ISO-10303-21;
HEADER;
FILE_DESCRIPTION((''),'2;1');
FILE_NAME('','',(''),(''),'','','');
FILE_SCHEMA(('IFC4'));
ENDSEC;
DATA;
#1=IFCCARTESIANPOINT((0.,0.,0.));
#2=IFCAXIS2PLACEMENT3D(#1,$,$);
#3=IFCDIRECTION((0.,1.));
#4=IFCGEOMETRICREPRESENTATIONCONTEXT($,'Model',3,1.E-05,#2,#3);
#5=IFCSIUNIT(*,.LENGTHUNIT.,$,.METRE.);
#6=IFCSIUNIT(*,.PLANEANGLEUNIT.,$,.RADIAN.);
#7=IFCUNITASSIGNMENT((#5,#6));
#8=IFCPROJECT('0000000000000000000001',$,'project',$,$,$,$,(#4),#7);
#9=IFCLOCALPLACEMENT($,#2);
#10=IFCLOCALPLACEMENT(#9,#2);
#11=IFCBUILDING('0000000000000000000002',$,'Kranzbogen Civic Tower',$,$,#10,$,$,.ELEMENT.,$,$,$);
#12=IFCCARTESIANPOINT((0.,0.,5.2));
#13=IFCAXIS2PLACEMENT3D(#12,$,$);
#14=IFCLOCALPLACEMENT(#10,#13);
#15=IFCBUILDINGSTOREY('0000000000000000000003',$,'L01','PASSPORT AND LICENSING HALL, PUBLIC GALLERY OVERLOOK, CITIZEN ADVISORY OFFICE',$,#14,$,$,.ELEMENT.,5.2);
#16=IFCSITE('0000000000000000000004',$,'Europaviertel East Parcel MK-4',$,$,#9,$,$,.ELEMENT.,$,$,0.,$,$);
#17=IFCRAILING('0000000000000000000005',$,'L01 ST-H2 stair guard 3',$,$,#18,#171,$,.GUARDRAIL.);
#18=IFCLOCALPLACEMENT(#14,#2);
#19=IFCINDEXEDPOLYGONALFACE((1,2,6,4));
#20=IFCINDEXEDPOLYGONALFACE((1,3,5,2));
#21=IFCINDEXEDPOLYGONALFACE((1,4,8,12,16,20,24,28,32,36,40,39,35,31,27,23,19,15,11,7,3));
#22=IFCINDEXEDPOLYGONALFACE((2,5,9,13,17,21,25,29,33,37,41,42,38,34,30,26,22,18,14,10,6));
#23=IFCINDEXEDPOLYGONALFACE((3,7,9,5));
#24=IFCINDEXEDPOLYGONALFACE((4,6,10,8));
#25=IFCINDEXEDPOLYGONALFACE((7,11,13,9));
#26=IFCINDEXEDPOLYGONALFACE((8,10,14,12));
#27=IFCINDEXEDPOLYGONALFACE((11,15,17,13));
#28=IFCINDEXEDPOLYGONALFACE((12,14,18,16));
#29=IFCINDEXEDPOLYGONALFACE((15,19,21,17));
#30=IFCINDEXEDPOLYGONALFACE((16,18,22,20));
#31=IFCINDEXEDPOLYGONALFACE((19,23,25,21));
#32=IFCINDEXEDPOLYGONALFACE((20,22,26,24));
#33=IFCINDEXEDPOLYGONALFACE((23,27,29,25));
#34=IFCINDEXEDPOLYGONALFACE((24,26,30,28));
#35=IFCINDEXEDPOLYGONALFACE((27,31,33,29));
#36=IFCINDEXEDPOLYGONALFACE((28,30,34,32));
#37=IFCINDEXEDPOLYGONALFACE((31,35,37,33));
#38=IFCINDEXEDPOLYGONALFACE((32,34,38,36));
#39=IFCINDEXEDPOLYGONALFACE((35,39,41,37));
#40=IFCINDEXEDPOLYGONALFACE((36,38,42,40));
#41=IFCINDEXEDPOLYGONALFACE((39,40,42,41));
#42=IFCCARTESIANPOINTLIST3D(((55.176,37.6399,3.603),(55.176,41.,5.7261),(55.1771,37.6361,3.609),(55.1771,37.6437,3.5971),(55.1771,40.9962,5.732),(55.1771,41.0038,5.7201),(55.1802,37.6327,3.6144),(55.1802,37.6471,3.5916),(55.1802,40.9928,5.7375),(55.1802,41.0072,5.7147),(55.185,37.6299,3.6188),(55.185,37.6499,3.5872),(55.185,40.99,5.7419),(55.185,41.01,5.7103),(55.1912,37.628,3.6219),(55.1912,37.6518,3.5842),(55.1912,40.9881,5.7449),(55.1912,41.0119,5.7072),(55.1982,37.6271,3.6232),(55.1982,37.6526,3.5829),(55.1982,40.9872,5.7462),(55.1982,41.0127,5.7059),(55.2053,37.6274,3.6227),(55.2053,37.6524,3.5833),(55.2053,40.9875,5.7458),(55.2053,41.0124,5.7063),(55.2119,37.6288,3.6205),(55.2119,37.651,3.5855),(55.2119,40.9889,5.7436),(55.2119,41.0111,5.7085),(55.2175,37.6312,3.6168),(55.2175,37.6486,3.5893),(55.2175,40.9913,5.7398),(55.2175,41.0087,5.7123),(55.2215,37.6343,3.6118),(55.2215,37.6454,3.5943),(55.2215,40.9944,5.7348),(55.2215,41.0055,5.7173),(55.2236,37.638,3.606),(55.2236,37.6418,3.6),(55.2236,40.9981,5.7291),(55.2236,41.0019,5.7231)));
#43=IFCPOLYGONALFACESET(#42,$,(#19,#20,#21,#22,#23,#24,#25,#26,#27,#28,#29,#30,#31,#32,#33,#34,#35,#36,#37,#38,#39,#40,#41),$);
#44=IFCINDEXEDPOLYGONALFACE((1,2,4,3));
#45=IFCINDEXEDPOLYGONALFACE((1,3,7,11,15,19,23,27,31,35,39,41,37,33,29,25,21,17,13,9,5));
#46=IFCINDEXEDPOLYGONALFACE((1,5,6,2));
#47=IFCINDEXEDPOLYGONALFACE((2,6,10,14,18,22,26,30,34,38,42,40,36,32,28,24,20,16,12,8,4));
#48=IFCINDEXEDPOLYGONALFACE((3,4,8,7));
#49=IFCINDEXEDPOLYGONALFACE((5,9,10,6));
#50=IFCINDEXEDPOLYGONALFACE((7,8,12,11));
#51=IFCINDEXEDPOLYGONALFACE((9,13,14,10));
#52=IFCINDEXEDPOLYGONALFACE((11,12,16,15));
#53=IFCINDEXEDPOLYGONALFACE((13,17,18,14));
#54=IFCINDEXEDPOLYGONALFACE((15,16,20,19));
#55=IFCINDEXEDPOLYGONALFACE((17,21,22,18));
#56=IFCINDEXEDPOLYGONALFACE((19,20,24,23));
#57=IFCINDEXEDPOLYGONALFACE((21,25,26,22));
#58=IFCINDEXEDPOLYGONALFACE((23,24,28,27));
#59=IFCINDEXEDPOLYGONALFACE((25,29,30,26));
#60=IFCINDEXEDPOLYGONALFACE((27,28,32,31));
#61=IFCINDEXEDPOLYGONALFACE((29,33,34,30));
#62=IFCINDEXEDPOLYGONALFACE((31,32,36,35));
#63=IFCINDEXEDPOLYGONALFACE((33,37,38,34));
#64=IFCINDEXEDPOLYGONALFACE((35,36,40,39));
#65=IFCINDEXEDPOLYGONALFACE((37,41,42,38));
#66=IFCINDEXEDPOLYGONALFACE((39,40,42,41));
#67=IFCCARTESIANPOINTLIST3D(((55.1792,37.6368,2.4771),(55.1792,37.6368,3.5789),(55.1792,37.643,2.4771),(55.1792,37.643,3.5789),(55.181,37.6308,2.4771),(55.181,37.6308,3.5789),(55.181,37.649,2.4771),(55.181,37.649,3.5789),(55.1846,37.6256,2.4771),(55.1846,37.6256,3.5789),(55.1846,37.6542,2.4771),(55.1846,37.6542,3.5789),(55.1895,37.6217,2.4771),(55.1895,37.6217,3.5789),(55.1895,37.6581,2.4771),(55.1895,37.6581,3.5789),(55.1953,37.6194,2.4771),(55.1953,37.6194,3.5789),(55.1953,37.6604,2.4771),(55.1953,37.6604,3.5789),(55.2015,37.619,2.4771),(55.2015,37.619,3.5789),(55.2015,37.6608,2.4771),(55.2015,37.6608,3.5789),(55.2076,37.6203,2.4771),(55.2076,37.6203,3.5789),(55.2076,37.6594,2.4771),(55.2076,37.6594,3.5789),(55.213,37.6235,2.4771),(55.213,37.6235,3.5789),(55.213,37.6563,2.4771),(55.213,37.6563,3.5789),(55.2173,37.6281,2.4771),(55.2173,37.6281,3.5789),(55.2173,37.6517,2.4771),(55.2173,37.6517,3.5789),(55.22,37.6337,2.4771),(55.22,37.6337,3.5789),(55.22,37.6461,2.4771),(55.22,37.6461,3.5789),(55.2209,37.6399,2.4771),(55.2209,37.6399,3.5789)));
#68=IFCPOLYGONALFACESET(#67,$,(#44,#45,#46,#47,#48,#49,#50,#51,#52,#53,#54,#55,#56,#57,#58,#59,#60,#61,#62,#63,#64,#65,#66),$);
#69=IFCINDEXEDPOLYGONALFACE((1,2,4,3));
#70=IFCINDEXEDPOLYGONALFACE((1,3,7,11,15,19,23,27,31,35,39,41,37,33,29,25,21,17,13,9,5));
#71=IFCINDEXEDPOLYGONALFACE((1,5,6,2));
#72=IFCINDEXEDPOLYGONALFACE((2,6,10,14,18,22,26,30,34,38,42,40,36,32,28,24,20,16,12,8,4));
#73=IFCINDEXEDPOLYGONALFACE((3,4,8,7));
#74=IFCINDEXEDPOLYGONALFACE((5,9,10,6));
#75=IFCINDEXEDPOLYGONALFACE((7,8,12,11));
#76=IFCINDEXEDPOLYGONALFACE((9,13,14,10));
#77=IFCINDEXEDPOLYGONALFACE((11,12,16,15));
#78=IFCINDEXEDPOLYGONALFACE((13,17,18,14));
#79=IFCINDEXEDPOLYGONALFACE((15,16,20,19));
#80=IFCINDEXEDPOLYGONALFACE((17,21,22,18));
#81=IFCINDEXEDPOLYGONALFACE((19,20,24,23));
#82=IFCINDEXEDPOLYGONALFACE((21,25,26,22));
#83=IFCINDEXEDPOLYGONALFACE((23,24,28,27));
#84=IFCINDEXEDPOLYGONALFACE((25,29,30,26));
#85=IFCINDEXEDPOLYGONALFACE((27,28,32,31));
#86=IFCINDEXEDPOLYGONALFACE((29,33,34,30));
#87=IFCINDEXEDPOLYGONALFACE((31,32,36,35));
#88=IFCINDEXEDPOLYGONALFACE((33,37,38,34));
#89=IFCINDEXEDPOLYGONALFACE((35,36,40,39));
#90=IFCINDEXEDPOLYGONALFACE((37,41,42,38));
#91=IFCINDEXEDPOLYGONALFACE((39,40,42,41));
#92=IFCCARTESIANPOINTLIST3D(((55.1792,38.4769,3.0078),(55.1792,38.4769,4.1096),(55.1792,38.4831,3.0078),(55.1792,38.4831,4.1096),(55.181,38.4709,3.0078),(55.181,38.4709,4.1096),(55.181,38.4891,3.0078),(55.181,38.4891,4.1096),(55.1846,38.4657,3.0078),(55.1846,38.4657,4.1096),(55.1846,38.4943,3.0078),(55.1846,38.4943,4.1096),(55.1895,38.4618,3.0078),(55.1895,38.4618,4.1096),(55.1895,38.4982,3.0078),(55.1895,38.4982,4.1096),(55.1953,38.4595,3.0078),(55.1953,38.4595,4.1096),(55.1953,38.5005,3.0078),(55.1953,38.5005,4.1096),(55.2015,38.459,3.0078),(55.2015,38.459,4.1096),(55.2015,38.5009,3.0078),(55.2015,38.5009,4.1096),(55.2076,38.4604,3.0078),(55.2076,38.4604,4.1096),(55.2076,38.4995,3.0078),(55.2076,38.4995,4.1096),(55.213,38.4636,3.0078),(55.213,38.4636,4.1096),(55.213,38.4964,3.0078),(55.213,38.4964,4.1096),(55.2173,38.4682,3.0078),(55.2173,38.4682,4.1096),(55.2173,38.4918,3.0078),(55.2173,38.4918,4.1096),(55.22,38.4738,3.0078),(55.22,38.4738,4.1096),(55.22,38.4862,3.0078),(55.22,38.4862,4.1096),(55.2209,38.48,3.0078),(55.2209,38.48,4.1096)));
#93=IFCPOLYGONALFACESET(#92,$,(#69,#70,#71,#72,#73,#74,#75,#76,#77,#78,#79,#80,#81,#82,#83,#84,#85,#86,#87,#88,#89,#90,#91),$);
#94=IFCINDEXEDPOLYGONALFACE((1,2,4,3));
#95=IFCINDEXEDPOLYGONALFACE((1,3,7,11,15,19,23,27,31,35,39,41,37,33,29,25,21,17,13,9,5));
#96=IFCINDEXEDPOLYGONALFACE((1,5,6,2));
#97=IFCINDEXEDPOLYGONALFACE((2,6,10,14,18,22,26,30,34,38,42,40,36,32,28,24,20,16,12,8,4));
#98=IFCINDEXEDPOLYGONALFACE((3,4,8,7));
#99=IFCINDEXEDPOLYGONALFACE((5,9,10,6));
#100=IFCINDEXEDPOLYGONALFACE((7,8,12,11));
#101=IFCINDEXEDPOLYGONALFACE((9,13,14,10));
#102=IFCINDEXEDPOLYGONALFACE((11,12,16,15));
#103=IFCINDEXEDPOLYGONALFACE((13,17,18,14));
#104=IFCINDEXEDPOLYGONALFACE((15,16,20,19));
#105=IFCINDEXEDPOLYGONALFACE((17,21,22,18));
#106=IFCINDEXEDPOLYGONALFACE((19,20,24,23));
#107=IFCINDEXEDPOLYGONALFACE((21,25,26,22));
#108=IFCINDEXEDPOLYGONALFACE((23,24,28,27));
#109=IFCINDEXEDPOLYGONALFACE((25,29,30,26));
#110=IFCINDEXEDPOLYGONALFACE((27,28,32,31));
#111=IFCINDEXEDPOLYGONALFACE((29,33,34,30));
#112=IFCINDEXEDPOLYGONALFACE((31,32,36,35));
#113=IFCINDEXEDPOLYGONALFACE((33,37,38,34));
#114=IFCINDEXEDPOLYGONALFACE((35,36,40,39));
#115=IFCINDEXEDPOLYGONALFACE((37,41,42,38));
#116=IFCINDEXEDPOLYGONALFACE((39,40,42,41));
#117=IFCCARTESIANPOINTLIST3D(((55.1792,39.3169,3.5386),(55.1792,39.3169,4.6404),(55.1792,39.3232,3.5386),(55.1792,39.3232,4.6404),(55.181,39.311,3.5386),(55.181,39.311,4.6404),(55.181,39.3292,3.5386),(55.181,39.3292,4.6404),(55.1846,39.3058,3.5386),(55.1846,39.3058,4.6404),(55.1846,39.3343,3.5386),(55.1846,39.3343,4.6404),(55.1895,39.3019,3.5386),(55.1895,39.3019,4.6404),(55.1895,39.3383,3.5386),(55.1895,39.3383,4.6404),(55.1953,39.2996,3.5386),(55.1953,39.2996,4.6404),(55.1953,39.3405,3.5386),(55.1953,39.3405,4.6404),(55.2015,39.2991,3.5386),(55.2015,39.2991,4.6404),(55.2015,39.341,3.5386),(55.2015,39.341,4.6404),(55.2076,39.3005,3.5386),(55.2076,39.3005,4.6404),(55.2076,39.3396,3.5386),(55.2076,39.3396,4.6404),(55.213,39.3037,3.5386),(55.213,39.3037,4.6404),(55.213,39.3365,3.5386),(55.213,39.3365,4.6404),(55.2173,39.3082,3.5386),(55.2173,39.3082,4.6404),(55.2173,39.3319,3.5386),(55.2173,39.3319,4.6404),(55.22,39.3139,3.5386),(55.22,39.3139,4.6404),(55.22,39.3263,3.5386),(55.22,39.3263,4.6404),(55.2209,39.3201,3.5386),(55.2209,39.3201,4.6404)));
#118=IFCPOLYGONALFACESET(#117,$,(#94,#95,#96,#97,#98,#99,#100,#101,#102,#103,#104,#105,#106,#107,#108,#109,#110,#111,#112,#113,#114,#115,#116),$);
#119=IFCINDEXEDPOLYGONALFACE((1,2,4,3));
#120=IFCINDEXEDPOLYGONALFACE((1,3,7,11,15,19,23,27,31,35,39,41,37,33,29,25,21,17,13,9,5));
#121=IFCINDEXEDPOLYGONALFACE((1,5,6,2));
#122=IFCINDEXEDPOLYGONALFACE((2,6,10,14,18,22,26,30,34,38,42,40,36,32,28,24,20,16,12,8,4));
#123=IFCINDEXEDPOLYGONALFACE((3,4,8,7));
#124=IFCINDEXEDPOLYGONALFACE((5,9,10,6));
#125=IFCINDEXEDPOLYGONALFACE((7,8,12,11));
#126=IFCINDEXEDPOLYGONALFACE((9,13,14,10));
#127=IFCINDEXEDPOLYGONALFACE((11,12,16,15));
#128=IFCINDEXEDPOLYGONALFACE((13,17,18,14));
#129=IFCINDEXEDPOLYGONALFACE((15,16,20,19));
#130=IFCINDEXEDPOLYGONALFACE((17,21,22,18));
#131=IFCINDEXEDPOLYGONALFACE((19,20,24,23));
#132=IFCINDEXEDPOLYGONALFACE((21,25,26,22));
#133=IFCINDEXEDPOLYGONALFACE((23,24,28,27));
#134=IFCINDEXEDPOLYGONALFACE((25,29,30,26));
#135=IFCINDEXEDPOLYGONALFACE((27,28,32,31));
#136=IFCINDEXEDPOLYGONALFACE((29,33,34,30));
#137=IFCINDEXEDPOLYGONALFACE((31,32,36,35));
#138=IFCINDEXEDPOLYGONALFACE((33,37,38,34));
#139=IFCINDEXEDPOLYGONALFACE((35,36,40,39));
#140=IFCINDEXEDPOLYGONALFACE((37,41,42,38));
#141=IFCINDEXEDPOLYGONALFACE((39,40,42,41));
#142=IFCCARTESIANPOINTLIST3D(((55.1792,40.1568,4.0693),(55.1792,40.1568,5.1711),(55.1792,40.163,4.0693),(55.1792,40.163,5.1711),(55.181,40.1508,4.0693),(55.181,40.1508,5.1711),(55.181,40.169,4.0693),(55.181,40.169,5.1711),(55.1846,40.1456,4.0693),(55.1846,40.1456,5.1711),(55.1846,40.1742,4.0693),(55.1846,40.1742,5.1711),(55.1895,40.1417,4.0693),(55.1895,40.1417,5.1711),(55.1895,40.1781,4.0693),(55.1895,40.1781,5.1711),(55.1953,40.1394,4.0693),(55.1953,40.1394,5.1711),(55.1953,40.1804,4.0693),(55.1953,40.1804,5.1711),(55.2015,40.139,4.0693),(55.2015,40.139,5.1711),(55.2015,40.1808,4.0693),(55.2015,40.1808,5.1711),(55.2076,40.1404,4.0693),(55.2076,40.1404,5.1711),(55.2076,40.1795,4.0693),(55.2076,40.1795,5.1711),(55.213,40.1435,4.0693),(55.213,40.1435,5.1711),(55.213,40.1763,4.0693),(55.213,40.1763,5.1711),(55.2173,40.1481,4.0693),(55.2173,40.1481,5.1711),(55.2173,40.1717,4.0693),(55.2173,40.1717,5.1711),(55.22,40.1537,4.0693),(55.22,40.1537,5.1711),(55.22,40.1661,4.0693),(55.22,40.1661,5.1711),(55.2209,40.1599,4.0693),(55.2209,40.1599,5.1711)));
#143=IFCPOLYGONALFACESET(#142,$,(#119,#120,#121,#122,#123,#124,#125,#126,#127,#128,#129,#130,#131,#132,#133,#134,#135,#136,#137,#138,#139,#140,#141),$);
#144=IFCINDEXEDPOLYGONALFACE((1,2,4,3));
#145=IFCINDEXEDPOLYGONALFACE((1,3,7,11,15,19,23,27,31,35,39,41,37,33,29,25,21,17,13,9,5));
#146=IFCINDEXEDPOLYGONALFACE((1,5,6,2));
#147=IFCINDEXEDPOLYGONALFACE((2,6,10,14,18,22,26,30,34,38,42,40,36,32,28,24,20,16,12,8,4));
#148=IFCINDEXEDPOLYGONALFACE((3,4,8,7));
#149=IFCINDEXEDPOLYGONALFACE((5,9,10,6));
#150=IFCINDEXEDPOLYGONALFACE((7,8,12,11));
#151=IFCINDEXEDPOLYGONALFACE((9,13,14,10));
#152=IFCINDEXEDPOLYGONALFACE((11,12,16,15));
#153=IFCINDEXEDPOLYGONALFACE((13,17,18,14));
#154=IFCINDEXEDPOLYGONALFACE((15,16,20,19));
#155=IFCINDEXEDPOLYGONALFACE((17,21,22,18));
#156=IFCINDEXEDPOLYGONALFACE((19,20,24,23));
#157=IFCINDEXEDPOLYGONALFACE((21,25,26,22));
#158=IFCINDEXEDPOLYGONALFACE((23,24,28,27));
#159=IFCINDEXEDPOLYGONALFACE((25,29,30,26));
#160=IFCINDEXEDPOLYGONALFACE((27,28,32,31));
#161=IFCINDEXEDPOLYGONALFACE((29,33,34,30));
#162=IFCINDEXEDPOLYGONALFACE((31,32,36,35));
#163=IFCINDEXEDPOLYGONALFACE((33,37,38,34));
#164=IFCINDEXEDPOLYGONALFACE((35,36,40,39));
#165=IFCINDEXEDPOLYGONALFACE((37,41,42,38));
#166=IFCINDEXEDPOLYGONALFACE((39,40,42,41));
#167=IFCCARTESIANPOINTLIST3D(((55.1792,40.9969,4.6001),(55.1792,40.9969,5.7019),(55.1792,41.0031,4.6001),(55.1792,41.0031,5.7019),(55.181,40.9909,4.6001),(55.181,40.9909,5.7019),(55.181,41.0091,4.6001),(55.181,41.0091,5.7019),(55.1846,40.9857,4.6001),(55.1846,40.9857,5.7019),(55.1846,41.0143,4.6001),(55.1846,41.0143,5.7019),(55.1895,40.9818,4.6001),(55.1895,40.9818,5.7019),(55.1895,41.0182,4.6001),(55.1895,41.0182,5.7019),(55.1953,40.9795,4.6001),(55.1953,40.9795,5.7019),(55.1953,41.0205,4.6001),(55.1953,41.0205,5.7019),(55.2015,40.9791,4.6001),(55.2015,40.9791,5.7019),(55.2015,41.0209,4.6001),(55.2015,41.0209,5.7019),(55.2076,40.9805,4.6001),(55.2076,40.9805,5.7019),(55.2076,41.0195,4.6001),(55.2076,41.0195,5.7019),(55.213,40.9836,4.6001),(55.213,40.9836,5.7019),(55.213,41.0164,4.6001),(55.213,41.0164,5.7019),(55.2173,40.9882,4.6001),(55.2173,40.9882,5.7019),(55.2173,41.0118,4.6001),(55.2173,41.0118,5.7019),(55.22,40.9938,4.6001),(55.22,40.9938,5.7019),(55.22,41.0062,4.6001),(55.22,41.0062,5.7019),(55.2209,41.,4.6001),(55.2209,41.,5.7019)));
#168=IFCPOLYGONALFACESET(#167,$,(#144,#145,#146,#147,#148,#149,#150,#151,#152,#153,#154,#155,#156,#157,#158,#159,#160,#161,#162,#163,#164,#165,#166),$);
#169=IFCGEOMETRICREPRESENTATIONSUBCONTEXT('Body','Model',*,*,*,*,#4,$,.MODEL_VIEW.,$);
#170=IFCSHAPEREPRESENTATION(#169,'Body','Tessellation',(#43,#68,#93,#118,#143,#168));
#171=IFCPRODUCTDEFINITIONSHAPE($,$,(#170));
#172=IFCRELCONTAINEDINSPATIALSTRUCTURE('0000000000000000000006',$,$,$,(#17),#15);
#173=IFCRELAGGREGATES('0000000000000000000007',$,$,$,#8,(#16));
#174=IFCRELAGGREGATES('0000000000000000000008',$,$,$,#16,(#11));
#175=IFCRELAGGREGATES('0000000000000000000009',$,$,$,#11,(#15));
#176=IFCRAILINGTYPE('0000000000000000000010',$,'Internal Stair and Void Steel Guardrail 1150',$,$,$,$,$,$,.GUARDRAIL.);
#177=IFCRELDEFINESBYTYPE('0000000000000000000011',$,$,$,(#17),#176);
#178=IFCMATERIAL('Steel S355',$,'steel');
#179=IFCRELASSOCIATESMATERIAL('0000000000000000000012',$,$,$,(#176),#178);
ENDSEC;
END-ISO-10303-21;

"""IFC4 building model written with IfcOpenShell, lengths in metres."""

from ifc_helpers import new_model, si_unit, direction, frame, origin, origin_2d, place, context, subcontext, project, spatial, circle, extrude, material, type_object, element, save


model = new_model("IFC4")

# Units and contexts
model_context = context("Model", 3, precision=1e-05, world=origin(), true_north=direction((0.0, 1.0)))
body_context = subcontext(model_context, "Body", "Model", "MODEL_VIEW")
ifc_project = project(units=[si_unit("LENGTHUNIT", "METRE"), si_unit("PLANEANGLEUNIT", "RADIAN")], contexts=[model_context])

# Site, building, storey
site_placement = place(None, origin())
site = spatial("IfcSite", under=ifc_project, at=site_placement, Name="Europaviertel East Parcel MK-4", CompositionType="ELEMENT", RefElevation=0.0)
building_placement = place(site_placement, origin())
building = spatial("IfcBuilding", under=site, at=building_placement, Name="Kranzbogen Civic Tower", CompositionType="ELEMENT")
storey_placement = place(building_placement, frame((0.0, 0.0, 5.2)))
storey = spatial("IfcBuildingStorey", under=building, at=storey_placement, Name="L01", Description="PASSPORT AND LICENSING HALL, PUBLIC GALLERY OVERLOOK, CITIZEN ADVISORY OFFICE", CompositionType="ELEMENT", Elevation=5.2)

# Shared definitions
ifc_material_1 = material(Name="Steel S355", Category="steel")

# Railing
railing_type_1 = type_object("IfcRailingType", Name="Internal Stair and Void Steel Guardrail 1150", PredefinedType="GUARDRAIL", material=ifc_material_1)
railing_1_placement = place(storey_placement, frame((55.2, 37.6399, 2.4771)))
element("IfcRailing", 1, at=railing_1_placement, inside=storey, type_object=railing_type_1, Name="L01 ST-H2 stair guard 3", PredefinedType="GUARDRAIL", context=body_context, shape_type="SweptSolid", body=[
    extrude(circle(Radius=0.0239, at=origin_2d()), frame((0.0, 0.0, 1.126), z_axis=(0.0, 0.84539, 0.53415), x_axis=(-1.0, 0.0, 0.0)), (0.0, 0.0, 1.0), 3.9746),
    extrude(circle(Radius=0.021, at=origin_2d()), origin(), (0.0, 0.0, 1.0), 1.1018),
    extrude(circle(Radius=0.021, at=origin_2d()), frame((0.0, 0.8401, 0.5308)), (0.0, 0.0, 1.0), 1.1018),
    extrude(circle(Radius=0.021, at=origin_2d()), frame((0.0, 1.6802, 1.0615)), (0.0, 0.0, 1.0), 1.1018),
    extrude(circle(Radius=0.021, at=origin_2d()), frame((0.0, 2.52, 1.5923)), (0.0, 0.0, 1.0), 1.1018),
    extrude(circle(Radius=0.021, at=origin_2d()), frame((0.0, 3.3601, 2.123)), (0.0, 0.0, 1.0), 1.1018),
])

save(model, "model.ifc")
